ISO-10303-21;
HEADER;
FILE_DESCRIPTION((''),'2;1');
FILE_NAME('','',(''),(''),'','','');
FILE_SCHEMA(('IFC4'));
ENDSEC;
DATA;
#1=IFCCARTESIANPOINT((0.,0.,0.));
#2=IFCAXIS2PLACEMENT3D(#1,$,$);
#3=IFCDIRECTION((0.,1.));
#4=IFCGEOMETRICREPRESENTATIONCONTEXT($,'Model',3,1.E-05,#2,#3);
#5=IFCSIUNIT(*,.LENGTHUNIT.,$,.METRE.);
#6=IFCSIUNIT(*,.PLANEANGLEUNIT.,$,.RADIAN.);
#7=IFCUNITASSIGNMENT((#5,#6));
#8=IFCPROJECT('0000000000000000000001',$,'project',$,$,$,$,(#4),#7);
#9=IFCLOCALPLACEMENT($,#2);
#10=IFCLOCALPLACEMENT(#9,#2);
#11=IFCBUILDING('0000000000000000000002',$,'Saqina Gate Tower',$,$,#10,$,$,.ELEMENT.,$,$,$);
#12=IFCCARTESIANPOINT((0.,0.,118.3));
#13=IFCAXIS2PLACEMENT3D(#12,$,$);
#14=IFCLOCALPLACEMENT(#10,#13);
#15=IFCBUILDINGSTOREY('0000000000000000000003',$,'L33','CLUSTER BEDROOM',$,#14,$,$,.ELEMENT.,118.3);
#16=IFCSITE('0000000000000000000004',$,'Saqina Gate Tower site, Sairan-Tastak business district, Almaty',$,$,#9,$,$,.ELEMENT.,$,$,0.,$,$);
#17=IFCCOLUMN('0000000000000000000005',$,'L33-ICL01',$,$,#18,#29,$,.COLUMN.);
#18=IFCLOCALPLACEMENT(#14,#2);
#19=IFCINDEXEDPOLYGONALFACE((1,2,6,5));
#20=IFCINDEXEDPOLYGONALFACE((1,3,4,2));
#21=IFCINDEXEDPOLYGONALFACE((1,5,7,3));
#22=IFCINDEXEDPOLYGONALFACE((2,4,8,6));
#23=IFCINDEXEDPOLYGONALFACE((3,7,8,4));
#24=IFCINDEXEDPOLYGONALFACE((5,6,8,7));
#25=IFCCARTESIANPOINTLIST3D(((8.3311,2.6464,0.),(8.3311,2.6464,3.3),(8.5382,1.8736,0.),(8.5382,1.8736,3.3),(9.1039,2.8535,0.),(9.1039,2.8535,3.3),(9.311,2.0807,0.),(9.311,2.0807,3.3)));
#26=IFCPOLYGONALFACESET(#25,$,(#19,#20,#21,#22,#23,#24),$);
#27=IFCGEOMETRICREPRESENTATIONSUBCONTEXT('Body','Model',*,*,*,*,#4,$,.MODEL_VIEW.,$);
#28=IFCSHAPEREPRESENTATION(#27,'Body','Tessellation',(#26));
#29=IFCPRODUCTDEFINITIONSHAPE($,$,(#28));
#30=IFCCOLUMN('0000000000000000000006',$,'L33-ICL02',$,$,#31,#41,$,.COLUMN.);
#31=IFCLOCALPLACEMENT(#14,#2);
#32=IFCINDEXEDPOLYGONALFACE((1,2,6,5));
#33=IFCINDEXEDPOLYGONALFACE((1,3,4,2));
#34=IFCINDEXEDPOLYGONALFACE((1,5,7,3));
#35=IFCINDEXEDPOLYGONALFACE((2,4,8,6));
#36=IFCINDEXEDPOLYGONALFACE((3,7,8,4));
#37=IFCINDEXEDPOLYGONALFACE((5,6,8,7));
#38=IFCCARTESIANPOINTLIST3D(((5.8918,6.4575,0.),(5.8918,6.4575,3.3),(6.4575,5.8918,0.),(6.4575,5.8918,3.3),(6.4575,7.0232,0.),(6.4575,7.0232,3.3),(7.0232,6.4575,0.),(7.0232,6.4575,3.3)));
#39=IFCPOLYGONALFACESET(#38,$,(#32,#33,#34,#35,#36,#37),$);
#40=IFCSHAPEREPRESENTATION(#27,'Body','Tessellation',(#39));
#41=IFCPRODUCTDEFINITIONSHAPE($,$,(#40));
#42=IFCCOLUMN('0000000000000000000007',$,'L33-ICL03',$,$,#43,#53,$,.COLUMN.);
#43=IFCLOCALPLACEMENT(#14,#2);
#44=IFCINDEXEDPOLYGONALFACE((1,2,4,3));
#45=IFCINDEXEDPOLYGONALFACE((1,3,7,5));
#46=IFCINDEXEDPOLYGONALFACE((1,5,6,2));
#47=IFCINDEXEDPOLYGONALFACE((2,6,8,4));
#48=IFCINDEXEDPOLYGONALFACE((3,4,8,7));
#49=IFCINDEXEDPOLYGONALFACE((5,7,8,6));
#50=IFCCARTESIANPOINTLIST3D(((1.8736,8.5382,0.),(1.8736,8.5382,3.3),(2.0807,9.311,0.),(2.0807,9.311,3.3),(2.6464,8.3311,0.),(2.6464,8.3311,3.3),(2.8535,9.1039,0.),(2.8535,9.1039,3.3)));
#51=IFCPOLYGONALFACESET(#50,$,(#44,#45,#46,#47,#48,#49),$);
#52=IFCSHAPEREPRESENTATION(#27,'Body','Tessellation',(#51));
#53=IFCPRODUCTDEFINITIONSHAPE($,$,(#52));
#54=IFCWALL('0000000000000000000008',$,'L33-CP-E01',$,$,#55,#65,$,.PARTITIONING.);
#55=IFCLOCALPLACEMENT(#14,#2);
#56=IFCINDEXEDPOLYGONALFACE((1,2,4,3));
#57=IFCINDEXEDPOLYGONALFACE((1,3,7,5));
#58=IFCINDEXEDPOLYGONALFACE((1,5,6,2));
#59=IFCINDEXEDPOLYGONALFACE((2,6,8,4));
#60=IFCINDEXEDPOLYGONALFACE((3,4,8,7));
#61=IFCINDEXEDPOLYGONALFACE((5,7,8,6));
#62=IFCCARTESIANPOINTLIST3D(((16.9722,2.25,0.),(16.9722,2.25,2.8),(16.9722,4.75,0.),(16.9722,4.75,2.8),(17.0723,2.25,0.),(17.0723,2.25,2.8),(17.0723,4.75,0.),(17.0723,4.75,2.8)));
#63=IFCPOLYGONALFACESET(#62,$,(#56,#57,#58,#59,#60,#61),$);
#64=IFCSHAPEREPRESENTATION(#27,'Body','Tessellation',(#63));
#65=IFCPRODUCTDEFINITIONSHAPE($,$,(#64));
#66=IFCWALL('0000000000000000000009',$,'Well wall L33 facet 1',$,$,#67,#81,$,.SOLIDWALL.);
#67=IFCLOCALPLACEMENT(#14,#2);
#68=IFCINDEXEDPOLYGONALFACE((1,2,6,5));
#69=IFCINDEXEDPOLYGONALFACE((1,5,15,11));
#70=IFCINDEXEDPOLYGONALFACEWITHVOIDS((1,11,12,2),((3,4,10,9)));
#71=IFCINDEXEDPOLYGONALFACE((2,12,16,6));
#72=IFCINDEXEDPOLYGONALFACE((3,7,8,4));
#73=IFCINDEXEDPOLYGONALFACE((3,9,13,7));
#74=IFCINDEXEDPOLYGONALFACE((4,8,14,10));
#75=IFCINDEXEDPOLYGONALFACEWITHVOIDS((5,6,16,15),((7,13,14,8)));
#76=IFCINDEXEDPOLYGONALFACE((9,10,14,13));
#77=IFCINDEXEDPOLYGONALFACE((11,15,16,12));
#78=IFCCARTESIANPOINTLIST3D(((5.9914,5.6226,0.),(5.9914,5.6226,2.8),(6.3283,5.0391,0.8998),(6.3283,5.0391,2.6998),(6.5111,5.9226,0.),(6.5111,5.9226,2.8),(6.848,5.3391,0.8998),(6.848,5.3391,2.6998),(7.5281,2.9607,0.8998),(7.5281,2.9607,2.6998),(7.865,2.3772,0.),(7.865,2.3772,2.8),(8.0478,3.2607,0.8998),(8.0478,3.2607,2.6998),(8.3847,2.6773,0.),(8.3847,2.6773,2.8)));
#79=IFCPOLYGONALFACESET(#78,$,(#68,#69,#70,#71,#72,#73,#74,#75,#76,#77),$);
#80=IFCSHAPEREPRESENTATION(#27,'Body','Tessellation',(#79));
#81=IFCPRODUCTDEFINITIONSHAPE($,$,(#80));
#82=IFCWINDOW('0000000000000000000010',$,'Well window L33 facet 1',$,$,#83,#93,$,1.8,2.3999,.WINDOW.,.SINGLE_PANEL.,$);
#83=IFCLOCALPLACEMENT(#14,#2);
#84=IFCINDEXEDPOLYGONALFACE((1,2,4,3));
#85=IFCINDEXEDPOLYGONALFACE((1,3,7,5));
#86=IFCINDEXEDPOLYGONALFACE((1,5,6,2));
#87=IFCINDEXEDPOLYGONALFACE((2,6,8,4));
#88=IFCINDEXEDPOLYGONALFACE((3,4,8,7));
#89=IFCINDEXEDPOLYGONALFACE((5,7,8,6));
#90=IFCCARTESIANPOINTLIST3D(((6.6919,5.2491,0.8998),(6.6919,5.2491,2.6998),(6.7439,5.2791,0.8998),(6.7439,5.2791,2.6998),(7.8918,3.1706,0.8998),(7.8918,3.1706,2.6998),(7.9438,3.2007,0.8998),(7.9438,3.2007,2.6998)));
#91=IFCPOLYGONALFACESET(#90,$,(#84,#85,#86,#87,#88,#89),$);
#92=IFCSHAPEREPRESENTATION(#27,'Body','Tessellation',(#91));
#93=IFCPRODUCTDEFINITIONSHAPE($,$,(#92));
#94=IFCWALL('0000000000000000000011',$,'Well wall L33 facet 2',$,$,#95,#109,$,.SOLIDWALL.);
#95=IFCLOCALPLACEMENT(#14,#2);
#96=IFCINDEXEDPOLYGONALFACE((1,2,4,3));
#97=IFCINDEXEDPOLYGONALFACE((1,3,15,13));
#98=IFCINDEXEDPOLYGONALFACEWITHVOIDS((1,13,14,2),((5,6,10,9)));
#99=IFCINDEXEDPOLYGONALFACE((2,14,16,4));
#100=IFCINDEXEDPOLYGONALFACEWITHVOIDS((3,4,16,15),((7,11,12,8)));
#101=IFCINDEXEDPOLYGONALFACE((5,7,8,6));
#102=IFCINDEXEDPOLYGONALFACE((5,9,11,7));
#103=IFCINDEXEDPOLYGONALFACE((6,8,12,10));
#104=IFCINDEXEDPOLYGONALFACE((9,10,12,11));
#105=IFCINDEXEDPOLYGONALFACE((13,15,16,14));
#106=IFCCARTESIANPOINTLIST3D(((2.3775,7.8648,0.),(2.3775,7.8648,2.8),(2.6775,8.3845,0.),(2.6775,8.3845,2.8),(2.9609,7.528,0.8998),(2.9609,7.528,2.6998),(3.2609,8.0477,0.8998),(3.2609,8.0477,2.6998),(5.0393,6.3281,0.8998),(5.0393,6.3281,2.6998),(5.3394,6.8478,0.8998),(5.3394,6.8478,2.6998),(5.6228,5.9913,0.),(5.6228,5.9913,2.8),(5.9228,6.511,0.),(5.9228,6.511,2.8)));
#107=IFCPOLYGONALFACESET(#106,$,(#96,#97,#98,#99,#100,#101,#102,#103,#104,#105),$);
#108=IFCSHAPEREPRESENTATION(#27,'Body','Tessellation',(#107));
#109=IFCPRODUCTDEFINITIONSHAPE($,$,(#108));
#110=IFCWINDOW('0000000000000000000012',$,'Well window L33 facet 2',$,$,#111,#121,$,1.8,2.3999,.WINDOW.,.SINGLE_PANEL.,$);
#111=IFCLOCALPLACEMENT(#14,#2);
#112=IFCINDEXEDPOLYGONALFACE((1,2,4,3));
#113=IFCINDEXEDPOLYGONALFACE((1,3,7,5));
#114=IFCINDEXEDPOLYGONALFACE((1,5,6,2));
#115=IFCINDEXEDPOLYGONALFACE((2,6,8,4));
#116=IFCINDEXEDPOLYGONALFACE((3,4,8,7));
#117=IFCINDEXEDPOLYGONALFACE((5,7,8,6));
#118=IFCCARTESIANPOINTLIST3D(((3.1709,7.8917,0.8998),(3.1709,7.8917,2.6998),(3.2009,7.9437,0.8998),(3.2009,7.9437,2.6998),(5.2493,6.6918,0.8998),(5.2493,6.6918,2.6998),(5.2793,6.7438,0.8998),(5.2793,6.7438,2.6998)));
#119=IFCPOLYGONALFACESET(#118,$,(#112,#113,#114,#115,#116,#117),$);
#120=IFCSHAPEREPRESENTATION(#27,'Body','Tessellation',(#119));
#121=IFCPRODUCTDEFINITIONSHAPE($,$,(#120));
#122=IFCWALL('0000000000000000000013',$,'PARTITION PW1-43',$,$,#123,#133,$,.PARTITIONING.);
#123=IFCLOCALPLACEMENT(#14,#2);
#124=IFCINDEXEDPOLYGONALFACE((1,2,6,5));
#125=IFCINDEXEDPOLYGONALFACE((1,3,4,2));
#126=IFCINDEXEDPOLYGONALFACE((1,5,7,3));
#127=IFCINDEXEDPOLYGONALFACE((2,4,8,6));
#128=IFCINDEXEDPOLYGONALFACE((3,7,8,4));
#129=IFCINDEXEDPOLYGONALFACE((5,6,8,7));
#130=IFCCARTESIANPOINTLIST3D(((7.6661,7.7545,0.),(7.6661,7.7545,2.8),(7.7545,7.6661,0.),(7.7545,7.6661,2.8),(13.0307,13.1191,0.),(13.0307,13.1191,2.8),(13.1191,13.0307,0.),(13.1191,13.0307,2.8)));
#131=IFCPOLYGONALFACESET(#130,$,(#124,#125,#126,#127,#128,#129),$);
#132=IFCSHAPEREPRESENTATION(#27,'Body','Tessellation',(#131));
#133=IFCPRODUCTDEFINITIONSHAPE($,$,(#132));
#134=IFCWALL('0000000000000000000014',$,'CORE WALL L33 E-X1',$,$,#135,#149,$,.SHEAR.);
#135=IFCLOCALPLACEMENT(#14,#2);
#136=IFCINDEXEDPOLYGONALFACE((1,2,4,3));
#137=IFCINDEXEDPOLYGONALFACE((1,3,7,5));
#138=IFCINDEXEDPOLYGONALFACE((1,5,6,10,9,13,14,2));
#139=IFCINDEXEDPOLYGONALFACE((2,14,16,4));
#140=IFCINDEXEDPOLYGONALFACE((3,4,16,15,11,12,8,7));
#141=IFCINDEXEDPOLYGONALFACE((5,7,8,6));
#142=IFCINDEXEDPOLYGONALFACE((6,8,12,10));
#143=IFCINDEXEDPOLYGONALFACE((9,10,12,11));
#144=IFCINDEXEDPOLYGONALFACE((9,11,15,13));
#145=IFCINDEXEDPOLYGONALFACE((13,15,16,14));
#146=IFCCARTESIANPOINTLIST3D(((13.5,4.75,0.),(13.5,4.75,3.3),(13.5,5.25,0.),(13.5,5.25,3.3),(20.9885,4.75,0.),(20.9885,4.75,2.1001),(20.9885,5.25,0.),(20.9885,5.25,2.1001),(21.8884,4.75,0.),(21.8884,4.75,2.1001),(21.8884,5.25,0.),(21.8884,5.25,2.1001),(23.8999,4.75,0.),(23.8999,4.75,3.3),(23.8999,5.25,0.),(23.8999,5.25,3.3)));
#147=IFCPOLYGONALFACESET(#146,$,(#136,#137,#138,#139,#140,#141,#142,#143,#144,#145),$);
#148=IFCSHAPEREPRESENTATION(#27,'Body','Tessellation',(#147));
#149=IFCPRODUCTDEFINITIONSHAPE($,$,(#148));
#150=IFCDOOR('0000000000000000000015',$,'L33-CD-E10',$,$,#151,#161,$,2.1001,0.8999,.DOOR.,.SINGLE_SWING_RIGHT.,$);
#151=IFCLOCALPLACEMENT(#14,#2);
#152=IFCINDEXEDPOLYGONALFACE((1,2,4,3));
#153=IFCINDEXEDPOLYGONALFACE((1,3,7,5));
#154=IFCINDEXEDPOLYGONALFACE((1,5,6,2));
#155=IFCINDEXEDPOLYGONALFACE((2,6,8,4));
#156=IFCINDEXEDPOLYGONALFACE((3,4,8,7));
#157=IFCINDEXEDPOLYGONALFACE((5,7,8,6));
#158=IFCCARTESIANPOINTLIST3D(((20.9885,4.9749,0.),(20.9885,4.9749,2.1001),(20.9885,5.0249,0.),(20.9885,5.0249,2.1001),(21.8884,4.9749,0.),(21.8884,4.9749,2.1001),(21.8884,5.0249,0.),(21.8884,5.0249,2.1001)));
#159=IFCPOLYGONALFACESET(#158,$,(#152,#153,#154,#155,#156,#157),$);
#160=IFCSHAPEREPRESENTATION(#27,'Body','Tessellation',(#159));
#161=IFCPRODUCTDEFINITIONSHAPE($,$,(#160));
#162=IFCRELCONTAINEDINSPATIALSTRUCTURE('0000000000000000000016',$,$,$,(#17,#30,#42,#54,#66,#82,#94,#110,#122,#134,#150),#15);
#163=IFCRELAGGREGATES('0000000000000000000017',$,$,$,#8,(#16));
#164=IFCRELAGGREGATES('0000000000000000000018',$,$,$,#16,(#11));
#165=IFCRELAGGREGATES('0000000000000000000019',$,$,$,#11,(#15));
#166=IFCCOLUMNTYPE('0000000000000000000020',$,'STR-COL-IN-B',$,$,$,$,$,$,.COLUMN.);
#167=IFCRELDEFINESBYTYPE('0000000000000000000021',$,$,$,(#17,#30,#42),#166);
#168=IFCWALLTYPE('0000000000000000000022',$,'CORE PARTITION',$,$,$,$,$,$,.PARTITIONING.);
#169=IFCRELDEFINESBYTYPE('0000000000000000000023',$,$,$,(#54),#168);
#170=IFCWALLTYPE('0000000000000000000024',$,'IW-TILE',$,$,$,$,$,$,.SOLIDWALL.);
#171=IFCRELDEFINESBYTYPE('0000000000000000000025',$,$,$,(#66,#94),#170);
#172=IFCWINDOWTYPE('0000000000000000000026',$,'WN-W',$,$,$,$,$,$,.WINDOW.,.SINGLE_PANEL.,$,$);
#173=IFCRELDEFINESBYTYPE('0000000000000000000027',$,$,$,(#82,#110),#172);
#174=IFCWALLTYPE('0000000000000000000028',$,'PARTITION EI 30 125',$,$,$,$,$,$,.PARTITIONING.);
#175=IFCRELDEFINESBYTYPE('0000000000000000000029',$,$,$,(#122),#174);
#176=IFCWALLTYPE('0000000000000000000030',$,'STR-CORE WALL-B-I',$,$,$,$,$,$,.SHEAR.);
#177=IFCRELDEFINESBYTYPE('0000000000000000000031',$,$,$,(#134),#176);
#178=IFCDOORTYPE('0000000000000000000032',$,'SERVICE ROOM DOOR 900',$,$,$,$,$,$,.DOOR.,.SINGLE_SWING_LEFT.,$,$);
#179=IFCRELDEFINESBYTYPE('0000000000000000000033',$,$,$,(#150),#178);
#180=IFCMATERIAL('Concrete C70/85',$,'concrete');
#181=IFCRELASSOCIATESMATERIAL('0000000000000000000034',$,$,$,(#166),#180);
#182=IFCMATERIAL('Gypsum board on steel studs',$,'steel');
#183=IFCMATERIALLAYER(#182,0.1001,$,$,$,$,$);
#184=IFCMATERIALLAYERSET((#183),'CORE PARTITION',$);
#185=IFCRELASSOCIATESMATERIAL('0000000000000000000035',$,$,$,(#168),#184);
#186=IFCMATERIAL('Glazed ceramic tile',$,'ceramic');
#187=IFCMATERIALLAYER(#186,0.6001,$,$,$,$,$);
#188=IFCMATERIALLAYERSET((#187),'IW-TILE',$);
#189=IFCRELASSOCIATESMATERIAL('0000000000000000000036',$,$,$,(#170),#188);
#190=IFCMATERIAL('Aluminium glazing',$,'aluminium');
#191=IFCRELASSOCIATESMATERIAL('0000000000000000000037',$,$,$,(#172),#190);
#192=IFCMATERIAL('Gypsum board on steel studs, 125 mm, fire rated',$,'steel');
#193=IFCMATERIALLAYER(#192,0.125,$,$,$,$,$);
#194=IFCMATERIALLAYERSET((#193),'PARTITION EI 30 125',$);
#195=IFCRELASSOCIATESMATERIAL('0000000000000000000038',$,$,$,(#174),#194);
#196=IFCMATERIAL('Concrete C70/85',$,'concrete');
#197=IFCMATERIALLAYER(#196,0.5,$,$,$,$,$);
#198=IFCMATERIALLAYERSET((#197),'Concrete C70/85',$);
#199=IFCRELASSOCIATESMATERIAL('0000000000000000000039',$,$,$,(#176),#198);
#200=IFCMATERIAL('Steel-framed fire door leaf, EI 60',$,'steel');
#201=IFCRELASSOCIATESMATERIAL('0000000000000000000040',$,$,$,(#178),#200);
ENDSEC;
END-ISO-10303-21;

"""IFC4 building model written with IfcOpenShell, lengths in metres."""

from ifc_helpers import new_model, si_unit, direction, frame, frame_2d, origin, origin_2d, place, context, subcontext, project, spatial, rectangle, extrude, material, layer, layer_set, material_profile, profile_set, type_object, element, fill, save


model = new_model("IFC4")

# Units and contexts
model_context = context("Model", 3, precision=1e-05, world=origin(), true_north=direction((0.0, 1.0)))
body_context = subcontext(model_context, "Body", "Model", "MODEL_VIEW")
ifc_project = project(units=[si_unit("LENGTHUNIT", "METRE"), si_unit("PLANEANGLEUNIT", "RADIAN")], contexts=[model_context])

# Site, building, storey
site_placement = place(None, origin())
site = spatial("IfcSite", under=ifc_project, at=site_placement, Name="Saqina Gate Tower site, Sairan-Tastak business district, Almaty", CompositionType="ELEMENT", RefElevation=0.0)
building_placement = place(site_placement, origin())
building = spatial("IfcBuilding", under=site, at=building_placement, Name="Saqina Gate Tower", CompositionType="ELEMENT")
storey_placement = place(building_placement, frame((0.0, 0.0, 118.3)))
storey = spatial("IfcBuildingStorey", under=building, at=storey_placement, Name="L33", Description="CLUSTER BEDROOM", CompositionType="ELEMENT", Elevation=118.3)

# Columns
ifc_material_1 = material(Name="Concrete C70/85", Category="concrete")
ifc_material_profile = material_profile(ifc_material_1, rectangle(XDim=0.8, YDim=0.8, at=origin_2d()), Name="RC 800x800")
ifc_profile_set = profile_set([ifc_material_profile], Name="Concrete C70/85")
column_type = type_object("IfcColumnType", Name="STR-COL-IN-B", PredefinedType="COLUMN", material=ifc_profile_set)
for number, where, z_axis, x_axis, name in (
    (1, (8.821, 2.3635, 0.0), (0.0, 0.0, 1.0), (0.965926, 0.258819, 0.0), "L33-ICL01"),
    (2, (6.4575, 6.4575, 0.0), (0.0, 0.0, 1.0), (0.707107, 0.707107, 0.0), "L33-ICL02"),
    (3, (2.3635, 8.821, 0.0), (0.0, 0.0, 1.0), (0.258819, 0.965926, 0.0), "L33-ICL03"),
):
    element("IfcColumn", number, at=place(storey_placement, frame(where, z_axis=z_axis, x_axis=x_axis)), inside=storey, type_object=column_type, Name=name, PredefinedType="COLUMN", context=body_context, shape_type="SweptSolid", body=[
        extrude(rectangle(XDim=0.8, YDim=0.8, at=origin_2d()), origin(), (0.0, 0.0, 1.0), 3.3),
    ])

# Wall
ifc_material_2 = material(Name="Gypsum board on steel studs", Category="steel")
ifc_layer_1 = layer(ifc_material_2, 0.1001)
ifc_layer_set_1 = layer_set([ifc_layer_1], Name="CORE PARTITION")
wall_type_1 = type_object("IfcWallType", Name="CORE PARTITION", PredefinedType="PARTITIONING", material=ifc_layer_set_1)
wall_1_placement = place(storey_placement, frame((17.0222, 2.25, 0.0), z_axis=(0.0, 0.0, 1.0), x_axis=(0.0, 1.0, 0.0)))
element("IfcWall", 4, at=wall_1_placement, inside=storey, type_object=wall_type_1, Name="L33-CP-E01", PredefinedType="PARTITIONING", context=body_context, shape_type="SweptSolid", body=[
    extrude(rectangle(XDim=2.5, YDim=0.1001, at=frame_2d((1.25, 0.0))), origin(), (0.0, 0.0, 1.0), 2.8),
])

# Walls, openings, windows
ifc_material_3 = material(Name="Glazed ceramic tile", Category="ceramic")
ifc_layer_2 = layer(ifc_material_3, 0.6001)
ifc_layer_set_2 = layer_set([ifc_layer_2], Name="IW-TILE")
wall_type_2 = type_object("IfcWallType", Name="IW-TILE", PredefinedType="SOLIDWALL", material=ifc_layer_set_2)
wall_2_placement = place(storey_placement, frame((8.1248, 2.5273, 0.0), z_axis=(0.0, 0.0, 1.0), x_axis=(-0.499965, 0.866046, 0.0)))
wall_2 = element("IfcWall", 5, at=wall_2_placement, inside=storey, type_object=wall_type_2, Name="Well wall L33 facet 1", PredefinedType="SOLIDWALL", context=body_context, shape_type="SweptSolid", body=[
    extrude(rectangle(XDim=3.7473, YDim=0.6001, at=frame_2d((1.8735, 0.0))), origin(), (0.0, 0.0, 1.0), 2.8),
])
opening_1_placement = place(wall_2_placement, frame((0.6736, 0.0, 0.8999)))
opening_1 = element("IfcOpeningElement", 6, at=opening_1_placement, cuts=wall_2, PredefinedType="OPENING", context=body_context, shape_type="SweptSolid", body=[
    extrude(rectangle(XDim=2.3999, YDim=1.8, at=frame_2d((1.2, 0.8999))), frame((0.0, 0.312, 0.0), z_axis=(0.0, -1.0, 0.0), x_axis=(1.0, 0.0, 0.0)), (0.0, 0.0, 1.0), 0.624),
])
ifc_material_4 = material(Name="Aluminium glazing", Category="aluminium")
window_type = type_object("IfcWindowType", Name="WN-W", PartitioningType="SINGLE_PANEL", PredefinedType="WINDOW", material=ifc_material_4)
window_1_placement = place(opening_1_placement, origin())
window_1 = element("IfcWindow", 7, at=window_1_placement, inside=storey, type_object=window_type, Name="Well window L33 facet 1", OverallHeight=1.8, OverallWidth=2.3999, PartitioningType="SINGLE_PANEL", PredefinedType="WINDOW", context=body_context, shape_type="SweptSolid", body=[
    extrude(rectangle(XDim=2.3999, YDim=1.8, at=frame_2d((1.2, 0.8999))), frame((0.0, -0.1199, 0.0), z_axis=(0.0, -1.0, 0.0), x_axis=(1.0, 0.0, 0.0)), (0.0, 0.0, 1.0), 0.0601),
])
fill(opening_1, window_1)
wall_3_placement = place(storey_placement, frame((5.7727, 6.2512, 0.0), z_axis=(0.0, 0.0, 1.0), x_axis=(-0.866046, 0.499965, 0.0)))
wall_3 = element("IfcWall", 8, at=wall_3_placement, inside=storey, type_object=wall_type_2, Name="Well wall L33 facet 2", PredefinedType="SOLIDWALL", context=body_context, shape_type="SweptSolid", body=[
    extrude(rectangle(XDim=3.7473, YDim=0.6001, at=frame_2d((1.8735, 0.0))), origin(), (0.0, 0.0, 1.0), 2.8),
])
opening_2_placement = place(wall_3_placement, frame((0.6736, 0.0, 0.8999)))
opening_2 = element("IfcOpeningElement", 9, at=opening_2_placement, cuts=wall_3, PredefinedType="OPENING", context=body_context, shape_type="SweptSolid", body=[
    extrude(rectangle(XDim=2.3999, YDim=1.8, at=frame_2d((1.2, 0.8999))), frame((0.0, 0.312, 0.0), z_axis=(0.0, -1.0, 0.0), x_axis=(1.0, 0.0, 0.0)), (0.0, 0.0, 1.0), 0.624),
])
window_2_placement = place(opening_2_placement, origin())
window_2 = element("IfcWindow", 10, at=window_2_placement, inside=storey, type_object=window_type, Name="Well window L33 facet 2", OverallHeight=1.8, OverallWidth=2.3999, PartitioningType="SINGLE_PANEL", PredefinedType="WINDOW", context=body_context, shape_type="SweptSolid", body=[
    extrude(rectangle(XDim=2.3999, YDim=1.8, at=frame_2d((1.2, 0.8999))), frame((0.0, -0.1199, 0.0), z_axis=(0.0, -1.0, 0.0), x_axis=(1.0, 0.0, 0.0)), (0.0, 0.0, 1.0), 0.0601),
])
fill(opening_2, window_2)

# Wall
ifc_material_5 = material(Name="Gypsum board on steel studs, 125 mm, fire rated", Category="steel")
ifc_layer_3 = layer(ifc_material_5, 0.125)
ifc_layer_set_3 = layer_set([ifc_layer_3], Name="PARTITION EI 30 125")
wall_type_3 = type_object("IfcWallType", Name="PARTITION EI 30 125", PredefinedType="PARTITIONING", material=ifc_layer_set_3)
wall_4_placement = place(storey_placement, frame((7.7102, 7.7102, 0.0), z_axis=(0.0, 0.0, 1.0), x_axis=(0.707107, 0.707107, 0.0)))
element("IfcWall", 11, at=wall_4_placement, inside=storey, type_object=wall_type_3, Name="PARTITION PW1-43", PredefinedType="PARTITIONING", context=body_context, shape_type="SweptSolid", body=[
    extrude(rectangle(XDim=7.5867, YDim=0.125, at=frame_2d((3.7935, 0.0))), origin(), (0.0, 0.0, 1.0), 2.8),
])

# Wall, opening, door
ifc_material_6 = material(Name="Concrete C70/85", Category="concrete")
ifc_layer_4 = layer(ifc_material_6, 0.5)
ifc_layer_set_4 = layer_set([ifc_layer_4], Name="Concrete C70/85")
wall_type_4 = type_object("IfcWallType", Name="STR-CORE WALL-B-I", PredefinedType="SHEAR", material=ifc_layer_set_4)
wall_5_placement = place(storey_placement, frame((13.5, 5.0, 0.0), z_axis=(0.0, 0.0, 1.0), x_axis=(1.0, 0.0, 0.0)))
wall_5 = element("IfcWall", 12, at=wall_5_placement, inside=storey, type_object=wall_type_4, Name="CORE WALL L33 E-X1", PredefinedType="SHEAR", context=body_context, shape_type="SweptSolid", body=[
    extrude(rectangle(XDim=10.3999, YDim=0.5, at=frame_2d((5.2, 0.0))), origin(), (0.0, 0.0, 1.0), 3.3),
])
opening_3_placement = place(wall_5_placement, frame((7.4885, 0.0, 0.0)))
opening_3 = element("IfcOpeningElement", 13, at=opening_3_placement, cuts=wall_5, PredefinedType="OPENING", context=body_context, shape_type="SweptSolid", body=[
    extrude(rectangle(XDim=0.8999, YDim=2.1001, at=frame_2d((0.45, 1.05))), frame((0.0, 0.262, 0.0), z_axis=(0.0, -1.0, 0.0), x_axis=(1.0, 0.0, 0.0)), (0.0, 0.0, 1.0), 0.5239),
])
ifc_material_7 = material(Name="Steel-framed fire door leaf, EI 60", Category="steel")
door_type_1 = type_object("IfcDoorType", Name="SERVICE ROOM DOOR 900", OperationType="SINGLE_SWING_LEFT", PredefinedType="DOOR", material=ifc_material_7)
door_1_placement = place(opening_3_placement, origin())
door_1 = element("IfcDoor", 14, at=door_1_placement, inside=storey, type_object=door_type_1, Name="L33-CD-E10", OperationType="SINGLE_SWING_RIGHT", OverallHeight=2.1001, OverallWidth=0.8999, PredefinedType="DOOR", context=body_context, shape_type="SweptSolid", body=[
    extrude(rectangle(XDim=0.8999, YDim=2.1001, at=frame_2d((0.45, 1.05))), frame((0.0, 0.0249, 0.0), z_axis=(0.0, -1.0, 0.0), x_axis=(1.0, 0.0, 0.0)), (0.0, 0.0, 1.0), 0.05),
])
fill(opening_3, door_1)

save(model, "model.ifc")
